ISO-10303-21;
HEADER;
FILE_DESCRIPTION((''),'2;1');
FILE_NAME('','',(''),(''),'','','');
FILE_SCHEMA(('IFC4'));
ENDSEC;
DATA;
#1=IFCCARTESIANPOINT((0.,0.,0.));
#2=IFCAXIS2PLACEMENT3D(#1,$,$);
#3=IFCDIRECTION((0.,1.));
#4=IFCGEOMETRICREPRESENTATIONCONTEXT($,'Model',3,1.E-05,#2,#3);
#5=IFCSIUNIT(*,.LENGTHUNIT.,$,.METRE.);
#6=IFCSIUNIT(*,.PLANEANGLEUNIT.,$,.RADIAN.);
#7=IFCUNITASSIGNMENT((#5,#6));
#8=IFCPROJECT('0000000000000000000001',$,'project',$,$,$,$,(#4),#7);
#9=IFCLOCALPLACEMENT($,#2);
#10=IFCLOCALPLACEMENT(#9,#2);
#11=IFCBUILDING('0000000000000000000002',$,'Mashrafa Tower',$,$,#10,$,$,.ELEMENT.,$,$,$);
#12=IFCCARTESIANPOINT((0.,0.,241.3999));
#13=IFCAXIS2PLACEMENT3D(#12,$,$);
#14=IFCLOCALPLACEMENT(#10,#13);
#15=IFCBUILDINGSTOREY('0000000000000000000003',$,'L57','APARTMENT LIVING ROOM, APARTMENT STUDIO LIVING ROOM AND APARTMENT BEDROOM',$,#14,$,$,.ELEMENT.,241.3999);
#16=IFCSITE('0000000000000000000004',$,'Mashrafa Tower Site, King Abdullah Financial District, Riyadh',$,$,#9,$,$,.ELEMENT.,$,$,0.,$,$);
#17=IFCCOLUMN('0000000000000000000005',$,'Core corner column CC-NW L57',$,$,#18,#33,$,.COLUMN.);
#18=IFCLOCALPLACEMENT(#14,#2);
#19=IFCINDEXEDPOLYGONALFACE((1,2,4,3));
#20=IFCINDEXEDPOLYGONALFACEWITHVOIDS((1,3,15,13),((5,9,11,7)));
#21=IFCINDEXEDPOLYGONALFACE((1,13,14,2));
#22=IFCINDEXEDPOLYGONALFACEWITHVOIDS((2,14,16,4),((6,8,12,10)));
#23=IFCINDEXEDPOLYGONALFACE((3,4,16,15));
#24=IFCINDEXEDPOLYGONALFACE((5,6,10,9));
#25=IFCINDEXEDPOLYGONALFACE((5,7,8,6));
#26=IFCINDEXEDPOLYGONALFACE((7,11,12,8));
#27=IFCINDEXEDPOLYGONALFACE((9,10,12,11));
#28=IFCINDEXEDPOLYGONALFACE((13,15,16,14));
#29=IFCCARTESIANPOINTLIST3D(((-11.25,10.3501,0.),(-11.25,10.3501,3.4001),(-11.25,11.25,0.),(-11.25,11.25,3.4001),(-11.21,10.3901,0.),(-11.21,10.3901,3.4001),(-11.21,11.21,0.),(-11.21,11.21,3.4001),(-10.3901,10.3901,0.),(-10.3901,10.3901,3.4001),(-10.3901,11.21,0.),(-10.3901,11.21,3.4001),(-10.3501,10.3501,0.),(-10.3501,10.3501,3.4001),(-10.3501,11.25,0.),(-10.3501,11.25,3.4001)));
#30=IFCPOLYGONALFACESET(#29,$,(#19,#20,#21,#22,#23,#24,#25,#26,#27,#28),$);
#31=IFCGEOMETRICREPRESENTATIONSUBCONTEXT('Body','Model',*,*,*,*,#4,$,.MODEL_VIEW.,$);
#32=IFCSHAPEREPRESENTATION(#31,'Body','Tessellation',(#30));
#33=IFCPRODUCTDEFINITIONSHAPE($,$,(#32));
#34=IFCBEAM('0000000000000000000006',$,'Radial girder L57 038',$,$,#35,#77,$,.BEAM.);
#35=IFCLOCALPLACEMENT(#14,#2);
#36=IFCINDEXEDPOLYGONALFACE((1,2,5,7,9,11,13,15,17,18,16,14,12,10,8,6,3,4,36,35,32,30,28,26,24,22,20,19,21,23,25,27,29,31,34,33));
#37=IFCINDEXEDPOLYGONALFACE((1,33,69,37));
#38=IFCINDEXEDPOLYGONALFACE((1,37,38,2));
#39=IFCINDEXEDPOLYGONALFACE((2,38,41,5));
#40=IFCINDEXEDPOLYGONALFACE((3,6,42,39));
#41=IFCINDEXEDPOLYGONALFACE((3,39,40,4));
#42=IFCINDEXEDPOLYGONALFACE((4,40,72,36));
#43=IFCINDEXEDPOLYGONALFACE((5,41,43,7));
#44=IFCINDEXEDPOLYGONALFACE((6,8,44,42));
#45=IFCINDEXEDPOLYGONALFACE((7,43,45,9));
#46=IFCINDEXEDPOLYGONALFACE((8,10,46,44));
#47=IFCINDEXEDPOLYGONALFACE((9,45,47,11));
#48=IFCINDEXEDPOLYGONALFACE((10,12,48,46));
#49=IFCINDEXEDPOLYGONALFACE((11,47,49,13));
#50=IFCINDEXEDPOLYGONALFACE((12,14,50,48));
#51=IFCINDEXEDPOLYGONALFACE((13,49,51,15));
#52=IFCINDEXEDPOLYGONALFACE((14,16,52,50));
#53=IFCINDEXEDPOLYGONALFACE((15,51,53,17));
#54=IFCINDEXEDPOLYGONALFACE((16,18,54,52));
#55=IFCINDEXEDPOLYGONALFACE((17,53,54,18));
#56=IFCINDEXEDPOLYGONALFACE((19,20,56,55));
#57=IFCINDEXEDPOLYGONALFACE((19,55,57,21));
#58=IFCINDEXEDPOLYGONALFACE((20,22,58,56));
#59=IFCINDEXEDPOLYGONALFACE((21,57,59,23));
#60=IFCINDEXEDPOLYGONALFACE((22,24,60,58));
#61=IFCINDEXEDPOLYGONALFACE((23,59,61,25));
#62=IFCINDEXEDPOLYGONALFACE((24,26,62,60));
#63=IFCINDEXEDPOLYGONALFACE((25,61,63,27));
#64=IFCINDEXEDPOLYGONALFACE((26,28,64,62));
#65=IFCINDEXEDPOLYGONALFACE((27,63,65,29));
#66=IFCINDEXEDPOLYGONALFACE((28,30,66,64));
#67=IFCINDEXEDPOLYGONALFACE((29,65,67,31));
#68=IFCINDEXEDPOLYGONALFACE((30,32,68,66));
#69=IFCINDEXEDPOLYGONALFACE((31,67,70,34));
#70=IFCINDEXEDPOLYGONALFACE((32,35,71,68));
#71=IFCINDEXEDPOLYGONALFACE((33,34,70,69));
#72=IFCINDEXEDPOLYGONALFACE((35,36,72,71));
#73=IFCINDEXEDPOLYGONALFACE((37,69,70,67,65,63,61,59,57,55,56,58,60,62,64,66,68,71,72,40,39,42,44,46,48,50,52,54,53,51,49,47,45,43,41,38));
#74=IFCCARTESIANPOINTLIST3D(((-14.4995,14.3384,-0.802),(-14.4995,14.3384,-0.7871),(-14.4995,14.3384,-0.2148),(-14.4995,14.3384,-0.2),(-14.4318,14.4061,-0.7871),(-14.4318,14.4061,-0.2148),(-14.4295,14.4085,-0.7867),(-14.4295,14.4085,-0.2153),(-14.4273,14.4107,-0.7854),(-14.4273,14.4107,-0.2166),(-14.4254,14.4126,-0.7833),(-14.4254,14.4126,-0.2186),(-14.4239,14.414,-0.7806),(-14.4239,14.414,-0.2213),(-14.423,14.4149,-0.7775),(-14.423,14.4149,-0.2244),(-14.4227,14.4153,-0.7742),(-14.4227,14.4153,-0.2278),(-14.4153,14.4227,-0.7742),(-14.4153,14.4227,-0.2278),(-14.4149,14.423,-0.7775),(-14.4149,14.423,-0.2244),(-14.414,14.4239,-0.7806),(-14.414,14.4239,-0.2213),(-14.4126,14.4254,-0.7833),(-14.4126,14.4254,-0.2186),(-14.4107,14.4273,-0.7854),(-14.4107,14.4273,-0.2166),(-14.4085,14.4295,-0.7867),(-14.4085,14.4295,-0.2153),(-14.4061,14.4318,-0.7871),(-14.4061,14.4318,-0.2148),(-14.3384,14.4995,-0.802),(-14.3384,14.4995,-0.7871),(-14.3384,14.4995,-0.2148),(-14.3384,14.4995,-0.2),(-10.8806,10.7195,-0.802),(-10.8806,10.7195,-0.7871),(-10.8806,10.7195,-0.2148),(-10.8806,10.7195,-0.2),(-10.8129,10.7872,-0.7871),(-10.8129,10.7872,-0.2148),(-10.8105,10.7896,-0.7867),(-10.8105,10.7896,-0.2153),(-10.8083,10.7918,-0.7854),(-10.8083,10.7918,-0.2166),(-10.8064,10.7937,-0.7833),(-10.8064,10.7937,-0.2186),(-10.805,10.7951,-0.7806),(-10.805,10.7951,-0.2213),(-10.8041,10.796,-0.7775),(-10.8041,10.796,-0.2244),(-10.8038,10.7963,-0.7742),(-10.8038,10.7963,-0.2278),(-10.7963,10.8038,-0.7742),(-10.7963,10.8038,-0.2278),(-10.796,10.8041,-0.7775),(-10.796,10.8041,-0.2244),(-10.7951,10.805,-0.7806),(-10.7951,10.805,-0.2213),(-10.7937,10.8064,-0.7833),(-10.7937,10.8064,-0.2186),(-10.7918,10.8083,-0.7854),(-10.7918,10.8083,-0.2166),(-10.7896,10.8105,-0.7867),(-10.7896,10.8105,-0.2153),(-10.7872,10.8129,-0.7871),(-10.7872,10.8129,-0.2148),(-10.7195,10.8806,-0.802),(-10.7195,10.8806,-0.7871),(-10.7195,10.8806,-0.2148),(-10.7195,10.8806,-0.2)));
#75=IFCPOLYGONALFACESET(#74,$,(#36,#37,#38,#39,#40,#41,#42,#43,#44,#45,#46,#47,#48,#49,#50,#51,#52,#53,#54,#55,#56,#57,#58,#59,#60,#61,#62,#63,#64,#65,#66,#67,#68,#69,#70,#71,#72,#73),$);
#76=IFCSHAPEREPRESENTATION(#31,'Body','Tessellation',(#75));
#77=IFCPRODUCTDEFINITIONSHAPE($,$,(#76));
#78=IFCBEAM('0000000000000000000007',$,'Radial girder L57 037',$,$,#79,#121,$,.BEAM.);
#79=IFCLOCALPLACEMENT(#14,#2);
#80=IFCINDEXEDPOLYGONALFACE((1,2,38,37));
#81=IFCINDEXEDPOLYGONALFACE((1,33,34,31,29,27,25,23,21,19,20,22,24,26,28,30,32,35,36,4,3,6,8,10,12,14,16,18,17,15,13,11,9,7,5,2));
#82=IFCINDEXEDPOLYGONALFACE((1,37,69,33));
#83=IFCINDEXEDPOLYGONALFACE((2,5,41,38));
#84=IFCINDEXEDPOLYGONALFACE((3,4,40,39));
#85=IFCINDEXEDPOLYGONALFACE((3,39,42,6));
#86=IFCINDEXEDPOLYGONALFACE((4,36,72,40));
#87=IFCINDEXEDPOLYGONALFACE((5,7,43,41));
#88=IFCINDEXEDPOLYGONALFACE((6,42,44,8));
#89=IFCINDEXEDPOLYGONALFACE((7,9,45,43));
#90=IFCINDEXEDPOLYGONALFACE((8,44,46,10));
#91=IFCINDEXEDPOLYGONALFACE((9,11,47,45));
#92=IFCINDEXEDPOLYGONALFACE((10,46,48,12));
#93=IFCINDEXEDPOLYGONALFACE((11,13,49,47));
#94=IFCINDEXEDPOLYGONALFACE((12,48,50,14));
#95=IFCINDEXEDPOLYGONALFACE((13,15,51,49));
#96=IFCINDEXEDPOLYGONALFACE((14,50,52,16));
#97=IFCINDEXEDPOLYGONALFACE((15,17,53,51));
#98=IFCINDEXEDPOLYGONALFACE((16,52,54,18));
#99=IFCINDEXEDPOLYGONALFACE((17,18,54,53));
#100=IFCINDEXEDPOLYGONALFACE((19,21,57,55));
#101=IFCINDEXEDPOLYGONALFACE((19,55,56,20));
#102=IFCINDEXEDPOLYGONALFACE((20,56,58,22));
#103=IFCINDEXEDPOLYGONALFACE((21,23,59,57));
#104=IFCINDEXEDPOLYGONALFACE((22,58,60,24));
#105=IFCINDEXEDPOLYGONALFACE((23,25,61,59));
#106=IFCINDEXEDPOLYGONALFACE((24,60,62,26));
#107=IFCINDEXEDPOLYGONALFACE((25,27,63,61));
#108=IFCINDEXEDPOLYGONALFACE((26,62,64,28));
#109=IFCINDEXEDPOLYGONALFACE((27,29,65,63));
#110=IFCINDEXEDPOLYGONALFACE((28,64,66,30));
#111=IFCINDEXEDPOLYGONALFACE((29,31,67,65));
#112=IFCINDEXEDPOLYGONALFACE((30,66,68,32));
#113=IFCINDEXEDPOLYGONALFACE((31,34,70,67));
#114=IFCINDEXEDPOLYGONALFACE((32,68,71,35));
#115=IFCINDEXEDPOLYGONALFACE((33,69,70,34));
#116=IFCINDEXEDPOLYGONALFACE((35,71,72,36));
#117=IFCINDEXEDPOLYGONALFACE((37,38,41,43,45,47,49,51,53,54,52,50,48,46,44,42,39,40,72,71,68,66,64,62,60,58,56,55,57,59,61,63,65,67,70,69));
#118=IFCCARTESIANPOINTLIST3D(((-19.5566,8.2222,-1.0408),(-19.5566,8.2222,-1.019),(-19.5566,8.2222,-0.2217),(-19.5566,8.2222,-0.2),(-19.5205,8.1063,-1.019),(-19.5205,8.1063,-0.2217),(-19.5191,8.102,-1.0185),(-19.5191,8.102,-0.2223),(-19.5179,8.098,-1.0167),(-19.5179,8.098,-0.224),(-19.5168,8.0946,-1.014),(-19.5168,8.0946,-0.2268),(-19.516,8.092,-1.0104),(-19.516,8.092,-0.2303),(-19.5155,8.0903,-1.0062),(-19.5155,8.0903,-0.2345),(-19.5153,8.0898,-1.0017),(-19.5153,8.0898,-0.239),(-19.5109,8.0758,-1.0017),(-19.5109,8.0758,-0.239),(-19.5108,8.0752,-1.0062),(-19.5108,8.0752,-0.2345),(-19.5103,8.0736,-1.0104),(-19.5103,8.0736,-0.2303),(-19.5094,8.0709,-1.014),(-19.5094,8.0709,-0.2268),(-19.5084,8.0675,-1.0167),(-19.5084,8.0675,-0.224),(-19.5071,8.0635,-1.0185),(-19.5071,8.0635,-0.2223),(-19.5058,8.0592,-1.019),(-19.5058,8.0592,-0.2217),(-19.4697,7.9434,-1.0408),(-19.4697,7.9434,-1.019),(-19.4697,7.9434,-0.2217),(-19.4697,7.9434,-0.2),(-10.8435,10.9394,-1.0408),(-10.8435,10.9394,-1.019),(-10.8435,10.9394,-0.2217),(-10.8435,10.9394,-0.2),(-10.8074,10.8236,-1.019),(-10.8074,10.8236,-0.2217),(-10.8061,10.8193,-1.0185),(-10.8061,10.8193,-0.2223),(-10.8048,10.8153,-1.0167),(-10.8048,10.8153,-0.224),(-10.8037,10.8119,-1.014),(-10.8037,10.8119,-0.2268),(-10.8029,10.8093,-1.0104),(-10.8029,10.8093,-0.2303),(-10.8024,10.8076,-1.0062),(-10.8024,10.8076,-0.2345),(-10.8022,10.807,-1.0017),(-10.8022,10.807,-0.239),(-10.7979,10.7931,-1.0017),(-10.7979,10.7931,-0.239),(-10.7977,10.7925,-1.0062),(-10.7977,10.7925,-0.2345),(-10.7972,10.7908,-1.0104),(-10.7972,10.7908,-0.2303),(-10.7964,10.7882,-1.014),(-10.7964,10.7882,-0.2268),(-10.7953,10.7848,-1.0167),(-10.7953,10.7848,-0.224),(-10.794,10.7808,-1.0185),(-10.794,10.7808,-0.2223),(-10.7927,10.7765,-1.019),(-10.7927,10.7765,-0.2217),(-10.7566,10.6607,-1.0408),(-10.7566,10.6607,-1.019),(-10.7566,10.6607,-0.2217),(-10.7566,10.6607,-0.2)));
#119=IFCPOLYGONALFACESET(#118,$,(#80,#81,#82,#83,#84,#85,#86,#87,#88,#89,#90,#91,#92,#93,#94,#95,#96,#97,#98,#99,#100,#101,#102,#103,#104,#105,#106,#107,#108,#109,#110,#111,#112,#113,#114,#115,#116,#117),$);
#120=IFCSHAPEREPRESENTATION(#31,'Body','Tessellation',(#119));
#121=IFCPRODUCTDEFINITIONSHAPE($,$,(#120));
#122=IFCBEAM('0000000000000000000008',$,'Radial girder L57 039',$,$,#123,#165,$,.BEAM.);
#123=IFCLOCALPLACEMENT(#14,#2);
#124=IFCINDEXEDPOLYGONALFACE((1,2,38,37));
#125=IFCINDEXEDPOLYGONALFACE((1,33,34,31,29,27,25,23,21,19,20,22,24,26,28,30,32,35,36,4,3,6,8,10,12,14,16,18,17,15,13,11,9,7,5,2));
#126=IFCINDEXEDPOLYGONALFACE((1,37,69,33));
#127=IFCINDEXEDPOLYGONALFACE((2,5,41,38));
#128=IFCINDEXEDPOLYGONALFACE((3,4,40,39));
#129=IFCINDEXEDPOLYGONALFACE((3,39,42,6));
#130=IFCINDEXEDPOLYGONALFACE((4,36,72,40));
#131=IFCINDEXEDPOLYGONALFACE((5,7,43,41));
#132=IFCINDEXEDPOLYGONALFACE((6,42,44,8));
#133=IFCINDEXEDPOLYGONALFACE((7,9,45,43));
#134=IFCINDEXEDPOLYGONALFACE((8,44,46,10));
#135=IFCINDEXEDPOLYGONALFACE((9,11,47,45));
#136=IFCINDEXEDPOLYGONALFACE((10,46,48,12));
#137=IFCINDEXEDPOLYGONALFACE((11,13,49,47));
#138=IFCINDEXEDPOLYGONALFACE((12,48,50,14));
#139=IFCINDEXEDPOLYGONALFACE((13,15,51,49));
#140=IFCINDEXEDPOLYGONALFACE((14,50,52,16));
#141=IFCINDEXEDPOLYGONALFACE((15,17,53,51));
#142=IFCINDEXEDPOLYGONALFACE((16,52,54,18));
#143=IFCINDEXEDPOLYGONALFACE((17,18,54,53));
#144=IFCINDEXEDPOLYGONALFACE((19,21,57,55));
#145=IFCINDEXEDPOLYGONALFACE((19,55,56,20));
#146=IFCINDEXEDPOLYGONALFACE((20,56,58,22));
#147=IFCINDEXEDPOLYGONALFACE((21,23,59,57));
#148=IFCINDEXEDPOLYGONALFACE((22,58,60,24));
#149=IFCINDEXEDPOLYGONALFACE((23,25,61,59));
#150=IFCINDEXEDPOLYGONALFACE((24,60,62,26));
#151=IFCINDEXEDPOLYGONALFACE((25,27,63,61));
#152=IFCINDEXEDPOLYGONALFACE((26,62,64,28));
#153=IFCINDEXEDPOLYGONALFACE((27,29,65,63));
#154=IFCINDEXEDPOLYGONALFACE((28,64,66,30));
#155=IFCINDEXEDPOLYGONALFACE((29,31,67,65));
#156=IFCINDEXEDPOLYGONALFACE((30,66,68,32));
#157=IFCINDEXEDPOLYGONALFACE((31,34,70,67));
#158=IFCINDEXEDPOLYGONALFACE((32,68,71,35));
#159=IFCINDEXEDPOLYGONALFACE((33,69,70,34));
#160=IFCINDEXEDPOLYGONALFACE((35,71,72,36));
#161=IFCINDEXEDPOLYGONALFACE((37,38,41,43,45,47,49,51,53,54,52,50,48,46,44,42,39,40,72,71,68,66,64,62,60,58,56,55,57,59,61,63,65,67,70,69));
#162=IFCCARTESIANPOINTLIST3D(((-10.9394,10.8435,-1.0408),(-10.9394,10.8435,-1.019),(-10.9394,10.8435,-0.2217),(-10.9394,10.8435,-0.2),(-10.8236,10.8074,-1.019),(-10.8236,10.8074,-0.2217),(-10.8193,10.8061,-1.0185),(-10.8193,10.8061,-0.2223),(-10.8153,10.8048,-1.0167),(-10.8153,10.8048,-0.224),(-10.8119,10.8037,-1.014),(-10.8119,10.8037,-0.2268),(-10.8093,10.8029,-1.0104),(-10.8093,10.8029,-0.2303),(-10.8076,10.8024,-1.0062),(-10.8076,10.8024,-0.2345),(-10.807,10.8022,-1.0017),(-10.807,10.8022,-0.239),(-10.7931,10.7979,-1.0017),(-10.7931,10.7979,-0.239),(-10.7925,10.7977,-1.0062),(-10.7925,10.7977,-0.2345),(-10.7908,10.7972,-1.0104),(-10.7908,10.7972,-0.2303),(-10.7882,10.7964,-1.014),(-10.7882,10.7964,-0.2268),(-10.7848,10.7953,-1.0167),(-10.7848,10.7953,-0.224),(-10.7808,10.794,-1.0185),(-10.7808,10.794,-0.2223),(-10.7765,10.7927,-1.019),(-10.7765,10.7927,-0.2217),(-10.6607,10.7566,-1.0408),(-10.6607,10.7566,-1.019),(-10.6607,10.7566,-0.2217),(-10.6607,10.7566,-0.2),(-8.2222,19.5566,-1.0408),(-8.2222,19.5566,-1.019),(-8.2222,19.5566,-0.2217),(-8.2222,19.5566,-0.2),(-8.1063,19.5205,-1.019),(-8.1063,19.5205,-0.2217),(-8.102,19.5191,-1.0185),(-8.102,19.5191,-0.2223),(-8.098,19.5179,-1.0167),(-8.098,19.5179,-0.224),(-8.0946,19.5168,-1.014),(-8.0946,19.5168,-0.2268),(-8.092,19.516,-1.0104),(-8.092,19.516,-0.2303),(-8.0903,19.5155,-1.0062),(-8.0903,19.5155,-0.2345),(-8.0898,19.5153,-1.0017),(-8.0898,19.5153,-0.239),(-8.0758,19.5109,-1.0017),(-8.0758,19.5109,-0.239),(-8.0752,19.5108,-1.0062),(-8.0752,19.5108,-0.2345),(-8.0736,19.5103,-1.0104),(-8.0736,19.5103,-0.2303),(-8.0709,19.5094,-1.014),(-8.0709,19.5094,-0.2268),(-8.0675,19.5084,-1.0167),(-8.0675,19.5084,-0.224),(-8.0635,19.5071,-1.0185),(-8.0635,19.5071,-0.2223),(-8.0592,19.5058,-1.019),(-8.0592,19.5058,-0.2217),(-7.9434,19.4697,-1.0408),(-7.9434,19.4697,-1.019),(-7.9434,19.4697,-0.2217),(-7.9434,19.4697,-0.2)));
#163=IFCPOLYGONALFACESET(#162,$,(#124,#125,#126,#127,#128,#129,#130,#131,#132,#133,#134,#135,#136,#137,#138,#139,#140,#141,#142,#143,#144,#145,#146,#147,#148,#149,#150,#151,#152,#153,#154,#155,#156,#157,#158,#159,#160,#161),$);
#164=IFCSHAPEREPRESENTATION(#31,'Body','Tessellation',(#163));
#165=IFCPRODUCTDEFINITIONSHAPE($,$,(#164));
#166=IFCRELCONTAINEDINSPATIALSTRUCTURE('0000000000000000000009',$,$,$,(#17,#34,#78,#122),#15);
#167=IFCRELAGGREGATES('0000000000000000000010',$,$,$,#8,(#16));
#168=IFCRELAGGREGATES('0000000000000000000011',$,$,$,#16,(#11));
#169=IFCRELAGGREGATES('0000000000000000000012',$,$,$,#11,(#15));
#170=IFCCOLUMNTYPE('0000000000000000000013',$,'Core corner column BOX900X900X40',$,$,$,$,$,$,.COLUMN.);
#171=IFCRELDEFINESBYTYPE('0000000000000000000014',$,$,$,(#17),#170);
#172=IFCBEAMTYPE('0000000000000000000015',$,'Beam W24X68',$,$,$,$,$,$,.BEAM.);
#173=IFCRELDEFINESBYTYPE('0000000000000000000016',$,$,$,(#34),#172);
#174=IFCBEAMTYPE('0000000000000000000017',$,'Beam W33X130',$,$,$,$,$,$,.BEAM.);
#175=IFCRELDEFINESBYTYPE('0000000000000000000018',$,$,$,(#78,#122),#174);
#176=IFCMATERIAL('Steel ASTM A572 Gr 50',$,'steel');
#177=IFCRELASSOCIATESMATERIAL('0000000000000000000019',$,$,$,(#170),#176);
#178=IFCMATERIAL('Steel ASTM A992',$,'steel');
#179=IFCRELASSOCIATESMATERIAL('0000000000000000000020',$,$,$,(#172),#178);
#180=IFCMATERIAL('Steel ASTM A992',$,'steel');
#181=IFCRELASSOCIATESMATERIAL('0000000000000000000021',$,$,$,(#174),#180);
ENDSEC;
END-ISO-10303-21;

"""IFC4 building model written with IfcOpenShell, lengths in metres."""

from ifc_helpers import new_model, si_unit, direction, frame, origin, origin_2d, place, context, subcontext, project, spatial, hollow_rectangle, i_section, extrude, material, material_profile, profile_set, type_object, element, save


model = new_model("IFC4")

# Units and contexts
model_context = context("Model", 3, precision=1e-05, world=origin(), true_north=direction((0.0, 1.0)))
body_context = subcontext(model_context, "Body", "Model", "MODEL_VIEW")
ifc_project = project(units=[si_unit("LENGTHUNIT", "METRE"), si_unit("PLANEANGLEUNIT", "RADIAN")], contexts=[model_context])

# Site, building, storey
site_placement = place(None, origin())
site = spatial("IfcSite", under=ifc_project, at=site_placement, Name="Mashrafa Tower Site, King Abdullah Financial District, Riyadh", CompositionType="ELEMENT", RefElevation=0.0)
building_placement = place(site_placement, origin())
building = spatial("IfcBuilding", under=site, at=building_placement, Name="Mashrafa Tower", CompositionType="ELEMENT")
storey_placement = place(building_placement, frame((0.0, 0.0, 241.3999)))
storey = spatial("IfcBuildingStorey", under=building, at=storey_placement, Name="L57", Description="APARTMENT LIVING ROOM, APARTMENT STUDIO LIVING ROOM AND APARTMENT BEDROOM", CompositionType="ELEMENT", Elevation=241.3999)

# Column
ifc_material_1 = material(Name="Steel ASTM A572 Gr 50", Category="steel")
ifc_material_profile_1 = material_profile(ifc_material_1, hollow_rectangle(XDim=0.8999, YDim=0.8999, WallThickness=0.04, at=origin_2d()), Name="BOX900X900X40")
ifc_profile_set_1 = profile_set([ifc_material_profile_1], Name="Steel ASTM A572 Gr 50")
column_type = type_object("IfcColumnType", Name="Core corner column BOX900X900X40", PredefinedType="COLUMN", material=ifc_profile_set_1)
column_placement = place(storey_placement, frame((-10.8, 10.8, 0.0), z_axis=(0.0, 0.0, 1.0), x_axis=(1.0, 0.0, 0.0)))
element("IfcColumn", 1, at=column_placement, inside=storey, type_object=column_type, Name="Core corner column CC-NW L57", PredefinedType="COLUMN", context=body_context, shape_type="SweptSolid", body=[
    extrude(hollow_rectangle(XDim=0.8999, YDim=0.8999, WallThickness=0.04, at=origin_2d()), origin(), (0.0, 0.0, 1.0), 3.4001),
])

# Beams
ifc_material_2 = material(Name="Steel ASTM A992", Category="steel")
ifc_material_profile_2 = material_profile(ifc_material_2, i_section(OverallWidth=0.2278, OverallDepth=0.6021, WebThickness=0.0105, FlangeThickness=0.0149, FilletRadius=0.0129, at=origin_2d()), Name="W24X68")
ifc_profile_set_2 = profile_set([ifc_material_profile_2], Name="Steel ASTM A992")
beam_type_1 = type_object("IfcBeamType", Name="Beam W24X68", PredefinedType="BEAM", material=ifc_profile_set_2)
beam_1_placement = place(storey_placement, frame((-10.8, 10.8, -0.501), z_axis=(-0.707107, 0.707107, 0.0), x_axis=(-0.707107, -0.707107, 0.0)))
element("IfcBeam", 2, at=beam_1_placement, inside=storey, type_object=beam_type_1, Name="Radial girder L57 038", PredefinedType="BEAM", context=body_context, shape_type="SweptSolid", body=[
    extrude(i_section(OverallWidth=0.2278, OverallDepth=0.6021, WebThickness=0.0105, FlangeThickness=0.0149, FilletRadius=0.0129, at=origin_2d()), origin(), (0.0, 0.0, 1.0), 5.1179),
])
ifc_material_3 = material(Name="Steel ASTM A992", Category="steel")
ifc_material_profile_3 = material_profile(ifc_material_3, i_section(OverallWidth=0.292, OverallDepth=0.8408, WebThickness=0.0146, FlangeThickness=0.0217, FilletRadius=0.0173, at=origin_2d()), Name="W33X130")
ifc_profile_set_3 = profile_set([ifc_material_profile_3], Name="Steel ASTM A992")
beam_type_2 = type_object("IfcBeamType", Name="Beam W33X130", PredefinedType="BEAM", material=ifc_profile_set_3)
for number, where, z_axis, x_axis, name in (
    (3, (-10.8, 10.8, -0.6204), (-0.954654, -0.297719, 0.0), (0.297719, -0.954654, 0.0), "Radial girder L57 037"),
    (4, (-10.8, 10.8, -0.6204), (0.297719, 0.954654, 0.0), (-0.954654, 0.297719, 0.0), "Radial girder L57 039"),
):
    element("IfcBeam", number, at=place(storey_placement, frame(where, z_axis=z_axis, x_axis=x_axis)), inside=storey, type_object=beam_type_2, Name=name, PredefinedType="BEAM", context=body_context, shape_type="SweptSolid", body=[
        extrude(i_section(OverallWidth=0.292, OverallDepth=0.8408, WebThickness=0.0146, FlangeThickness=0.0217, FilletRadius=0.0173, at=origin_2d()), origin(), (0.0, 0.0, 1.0), 9.127),
    ])

save(model, "model.ifc")
